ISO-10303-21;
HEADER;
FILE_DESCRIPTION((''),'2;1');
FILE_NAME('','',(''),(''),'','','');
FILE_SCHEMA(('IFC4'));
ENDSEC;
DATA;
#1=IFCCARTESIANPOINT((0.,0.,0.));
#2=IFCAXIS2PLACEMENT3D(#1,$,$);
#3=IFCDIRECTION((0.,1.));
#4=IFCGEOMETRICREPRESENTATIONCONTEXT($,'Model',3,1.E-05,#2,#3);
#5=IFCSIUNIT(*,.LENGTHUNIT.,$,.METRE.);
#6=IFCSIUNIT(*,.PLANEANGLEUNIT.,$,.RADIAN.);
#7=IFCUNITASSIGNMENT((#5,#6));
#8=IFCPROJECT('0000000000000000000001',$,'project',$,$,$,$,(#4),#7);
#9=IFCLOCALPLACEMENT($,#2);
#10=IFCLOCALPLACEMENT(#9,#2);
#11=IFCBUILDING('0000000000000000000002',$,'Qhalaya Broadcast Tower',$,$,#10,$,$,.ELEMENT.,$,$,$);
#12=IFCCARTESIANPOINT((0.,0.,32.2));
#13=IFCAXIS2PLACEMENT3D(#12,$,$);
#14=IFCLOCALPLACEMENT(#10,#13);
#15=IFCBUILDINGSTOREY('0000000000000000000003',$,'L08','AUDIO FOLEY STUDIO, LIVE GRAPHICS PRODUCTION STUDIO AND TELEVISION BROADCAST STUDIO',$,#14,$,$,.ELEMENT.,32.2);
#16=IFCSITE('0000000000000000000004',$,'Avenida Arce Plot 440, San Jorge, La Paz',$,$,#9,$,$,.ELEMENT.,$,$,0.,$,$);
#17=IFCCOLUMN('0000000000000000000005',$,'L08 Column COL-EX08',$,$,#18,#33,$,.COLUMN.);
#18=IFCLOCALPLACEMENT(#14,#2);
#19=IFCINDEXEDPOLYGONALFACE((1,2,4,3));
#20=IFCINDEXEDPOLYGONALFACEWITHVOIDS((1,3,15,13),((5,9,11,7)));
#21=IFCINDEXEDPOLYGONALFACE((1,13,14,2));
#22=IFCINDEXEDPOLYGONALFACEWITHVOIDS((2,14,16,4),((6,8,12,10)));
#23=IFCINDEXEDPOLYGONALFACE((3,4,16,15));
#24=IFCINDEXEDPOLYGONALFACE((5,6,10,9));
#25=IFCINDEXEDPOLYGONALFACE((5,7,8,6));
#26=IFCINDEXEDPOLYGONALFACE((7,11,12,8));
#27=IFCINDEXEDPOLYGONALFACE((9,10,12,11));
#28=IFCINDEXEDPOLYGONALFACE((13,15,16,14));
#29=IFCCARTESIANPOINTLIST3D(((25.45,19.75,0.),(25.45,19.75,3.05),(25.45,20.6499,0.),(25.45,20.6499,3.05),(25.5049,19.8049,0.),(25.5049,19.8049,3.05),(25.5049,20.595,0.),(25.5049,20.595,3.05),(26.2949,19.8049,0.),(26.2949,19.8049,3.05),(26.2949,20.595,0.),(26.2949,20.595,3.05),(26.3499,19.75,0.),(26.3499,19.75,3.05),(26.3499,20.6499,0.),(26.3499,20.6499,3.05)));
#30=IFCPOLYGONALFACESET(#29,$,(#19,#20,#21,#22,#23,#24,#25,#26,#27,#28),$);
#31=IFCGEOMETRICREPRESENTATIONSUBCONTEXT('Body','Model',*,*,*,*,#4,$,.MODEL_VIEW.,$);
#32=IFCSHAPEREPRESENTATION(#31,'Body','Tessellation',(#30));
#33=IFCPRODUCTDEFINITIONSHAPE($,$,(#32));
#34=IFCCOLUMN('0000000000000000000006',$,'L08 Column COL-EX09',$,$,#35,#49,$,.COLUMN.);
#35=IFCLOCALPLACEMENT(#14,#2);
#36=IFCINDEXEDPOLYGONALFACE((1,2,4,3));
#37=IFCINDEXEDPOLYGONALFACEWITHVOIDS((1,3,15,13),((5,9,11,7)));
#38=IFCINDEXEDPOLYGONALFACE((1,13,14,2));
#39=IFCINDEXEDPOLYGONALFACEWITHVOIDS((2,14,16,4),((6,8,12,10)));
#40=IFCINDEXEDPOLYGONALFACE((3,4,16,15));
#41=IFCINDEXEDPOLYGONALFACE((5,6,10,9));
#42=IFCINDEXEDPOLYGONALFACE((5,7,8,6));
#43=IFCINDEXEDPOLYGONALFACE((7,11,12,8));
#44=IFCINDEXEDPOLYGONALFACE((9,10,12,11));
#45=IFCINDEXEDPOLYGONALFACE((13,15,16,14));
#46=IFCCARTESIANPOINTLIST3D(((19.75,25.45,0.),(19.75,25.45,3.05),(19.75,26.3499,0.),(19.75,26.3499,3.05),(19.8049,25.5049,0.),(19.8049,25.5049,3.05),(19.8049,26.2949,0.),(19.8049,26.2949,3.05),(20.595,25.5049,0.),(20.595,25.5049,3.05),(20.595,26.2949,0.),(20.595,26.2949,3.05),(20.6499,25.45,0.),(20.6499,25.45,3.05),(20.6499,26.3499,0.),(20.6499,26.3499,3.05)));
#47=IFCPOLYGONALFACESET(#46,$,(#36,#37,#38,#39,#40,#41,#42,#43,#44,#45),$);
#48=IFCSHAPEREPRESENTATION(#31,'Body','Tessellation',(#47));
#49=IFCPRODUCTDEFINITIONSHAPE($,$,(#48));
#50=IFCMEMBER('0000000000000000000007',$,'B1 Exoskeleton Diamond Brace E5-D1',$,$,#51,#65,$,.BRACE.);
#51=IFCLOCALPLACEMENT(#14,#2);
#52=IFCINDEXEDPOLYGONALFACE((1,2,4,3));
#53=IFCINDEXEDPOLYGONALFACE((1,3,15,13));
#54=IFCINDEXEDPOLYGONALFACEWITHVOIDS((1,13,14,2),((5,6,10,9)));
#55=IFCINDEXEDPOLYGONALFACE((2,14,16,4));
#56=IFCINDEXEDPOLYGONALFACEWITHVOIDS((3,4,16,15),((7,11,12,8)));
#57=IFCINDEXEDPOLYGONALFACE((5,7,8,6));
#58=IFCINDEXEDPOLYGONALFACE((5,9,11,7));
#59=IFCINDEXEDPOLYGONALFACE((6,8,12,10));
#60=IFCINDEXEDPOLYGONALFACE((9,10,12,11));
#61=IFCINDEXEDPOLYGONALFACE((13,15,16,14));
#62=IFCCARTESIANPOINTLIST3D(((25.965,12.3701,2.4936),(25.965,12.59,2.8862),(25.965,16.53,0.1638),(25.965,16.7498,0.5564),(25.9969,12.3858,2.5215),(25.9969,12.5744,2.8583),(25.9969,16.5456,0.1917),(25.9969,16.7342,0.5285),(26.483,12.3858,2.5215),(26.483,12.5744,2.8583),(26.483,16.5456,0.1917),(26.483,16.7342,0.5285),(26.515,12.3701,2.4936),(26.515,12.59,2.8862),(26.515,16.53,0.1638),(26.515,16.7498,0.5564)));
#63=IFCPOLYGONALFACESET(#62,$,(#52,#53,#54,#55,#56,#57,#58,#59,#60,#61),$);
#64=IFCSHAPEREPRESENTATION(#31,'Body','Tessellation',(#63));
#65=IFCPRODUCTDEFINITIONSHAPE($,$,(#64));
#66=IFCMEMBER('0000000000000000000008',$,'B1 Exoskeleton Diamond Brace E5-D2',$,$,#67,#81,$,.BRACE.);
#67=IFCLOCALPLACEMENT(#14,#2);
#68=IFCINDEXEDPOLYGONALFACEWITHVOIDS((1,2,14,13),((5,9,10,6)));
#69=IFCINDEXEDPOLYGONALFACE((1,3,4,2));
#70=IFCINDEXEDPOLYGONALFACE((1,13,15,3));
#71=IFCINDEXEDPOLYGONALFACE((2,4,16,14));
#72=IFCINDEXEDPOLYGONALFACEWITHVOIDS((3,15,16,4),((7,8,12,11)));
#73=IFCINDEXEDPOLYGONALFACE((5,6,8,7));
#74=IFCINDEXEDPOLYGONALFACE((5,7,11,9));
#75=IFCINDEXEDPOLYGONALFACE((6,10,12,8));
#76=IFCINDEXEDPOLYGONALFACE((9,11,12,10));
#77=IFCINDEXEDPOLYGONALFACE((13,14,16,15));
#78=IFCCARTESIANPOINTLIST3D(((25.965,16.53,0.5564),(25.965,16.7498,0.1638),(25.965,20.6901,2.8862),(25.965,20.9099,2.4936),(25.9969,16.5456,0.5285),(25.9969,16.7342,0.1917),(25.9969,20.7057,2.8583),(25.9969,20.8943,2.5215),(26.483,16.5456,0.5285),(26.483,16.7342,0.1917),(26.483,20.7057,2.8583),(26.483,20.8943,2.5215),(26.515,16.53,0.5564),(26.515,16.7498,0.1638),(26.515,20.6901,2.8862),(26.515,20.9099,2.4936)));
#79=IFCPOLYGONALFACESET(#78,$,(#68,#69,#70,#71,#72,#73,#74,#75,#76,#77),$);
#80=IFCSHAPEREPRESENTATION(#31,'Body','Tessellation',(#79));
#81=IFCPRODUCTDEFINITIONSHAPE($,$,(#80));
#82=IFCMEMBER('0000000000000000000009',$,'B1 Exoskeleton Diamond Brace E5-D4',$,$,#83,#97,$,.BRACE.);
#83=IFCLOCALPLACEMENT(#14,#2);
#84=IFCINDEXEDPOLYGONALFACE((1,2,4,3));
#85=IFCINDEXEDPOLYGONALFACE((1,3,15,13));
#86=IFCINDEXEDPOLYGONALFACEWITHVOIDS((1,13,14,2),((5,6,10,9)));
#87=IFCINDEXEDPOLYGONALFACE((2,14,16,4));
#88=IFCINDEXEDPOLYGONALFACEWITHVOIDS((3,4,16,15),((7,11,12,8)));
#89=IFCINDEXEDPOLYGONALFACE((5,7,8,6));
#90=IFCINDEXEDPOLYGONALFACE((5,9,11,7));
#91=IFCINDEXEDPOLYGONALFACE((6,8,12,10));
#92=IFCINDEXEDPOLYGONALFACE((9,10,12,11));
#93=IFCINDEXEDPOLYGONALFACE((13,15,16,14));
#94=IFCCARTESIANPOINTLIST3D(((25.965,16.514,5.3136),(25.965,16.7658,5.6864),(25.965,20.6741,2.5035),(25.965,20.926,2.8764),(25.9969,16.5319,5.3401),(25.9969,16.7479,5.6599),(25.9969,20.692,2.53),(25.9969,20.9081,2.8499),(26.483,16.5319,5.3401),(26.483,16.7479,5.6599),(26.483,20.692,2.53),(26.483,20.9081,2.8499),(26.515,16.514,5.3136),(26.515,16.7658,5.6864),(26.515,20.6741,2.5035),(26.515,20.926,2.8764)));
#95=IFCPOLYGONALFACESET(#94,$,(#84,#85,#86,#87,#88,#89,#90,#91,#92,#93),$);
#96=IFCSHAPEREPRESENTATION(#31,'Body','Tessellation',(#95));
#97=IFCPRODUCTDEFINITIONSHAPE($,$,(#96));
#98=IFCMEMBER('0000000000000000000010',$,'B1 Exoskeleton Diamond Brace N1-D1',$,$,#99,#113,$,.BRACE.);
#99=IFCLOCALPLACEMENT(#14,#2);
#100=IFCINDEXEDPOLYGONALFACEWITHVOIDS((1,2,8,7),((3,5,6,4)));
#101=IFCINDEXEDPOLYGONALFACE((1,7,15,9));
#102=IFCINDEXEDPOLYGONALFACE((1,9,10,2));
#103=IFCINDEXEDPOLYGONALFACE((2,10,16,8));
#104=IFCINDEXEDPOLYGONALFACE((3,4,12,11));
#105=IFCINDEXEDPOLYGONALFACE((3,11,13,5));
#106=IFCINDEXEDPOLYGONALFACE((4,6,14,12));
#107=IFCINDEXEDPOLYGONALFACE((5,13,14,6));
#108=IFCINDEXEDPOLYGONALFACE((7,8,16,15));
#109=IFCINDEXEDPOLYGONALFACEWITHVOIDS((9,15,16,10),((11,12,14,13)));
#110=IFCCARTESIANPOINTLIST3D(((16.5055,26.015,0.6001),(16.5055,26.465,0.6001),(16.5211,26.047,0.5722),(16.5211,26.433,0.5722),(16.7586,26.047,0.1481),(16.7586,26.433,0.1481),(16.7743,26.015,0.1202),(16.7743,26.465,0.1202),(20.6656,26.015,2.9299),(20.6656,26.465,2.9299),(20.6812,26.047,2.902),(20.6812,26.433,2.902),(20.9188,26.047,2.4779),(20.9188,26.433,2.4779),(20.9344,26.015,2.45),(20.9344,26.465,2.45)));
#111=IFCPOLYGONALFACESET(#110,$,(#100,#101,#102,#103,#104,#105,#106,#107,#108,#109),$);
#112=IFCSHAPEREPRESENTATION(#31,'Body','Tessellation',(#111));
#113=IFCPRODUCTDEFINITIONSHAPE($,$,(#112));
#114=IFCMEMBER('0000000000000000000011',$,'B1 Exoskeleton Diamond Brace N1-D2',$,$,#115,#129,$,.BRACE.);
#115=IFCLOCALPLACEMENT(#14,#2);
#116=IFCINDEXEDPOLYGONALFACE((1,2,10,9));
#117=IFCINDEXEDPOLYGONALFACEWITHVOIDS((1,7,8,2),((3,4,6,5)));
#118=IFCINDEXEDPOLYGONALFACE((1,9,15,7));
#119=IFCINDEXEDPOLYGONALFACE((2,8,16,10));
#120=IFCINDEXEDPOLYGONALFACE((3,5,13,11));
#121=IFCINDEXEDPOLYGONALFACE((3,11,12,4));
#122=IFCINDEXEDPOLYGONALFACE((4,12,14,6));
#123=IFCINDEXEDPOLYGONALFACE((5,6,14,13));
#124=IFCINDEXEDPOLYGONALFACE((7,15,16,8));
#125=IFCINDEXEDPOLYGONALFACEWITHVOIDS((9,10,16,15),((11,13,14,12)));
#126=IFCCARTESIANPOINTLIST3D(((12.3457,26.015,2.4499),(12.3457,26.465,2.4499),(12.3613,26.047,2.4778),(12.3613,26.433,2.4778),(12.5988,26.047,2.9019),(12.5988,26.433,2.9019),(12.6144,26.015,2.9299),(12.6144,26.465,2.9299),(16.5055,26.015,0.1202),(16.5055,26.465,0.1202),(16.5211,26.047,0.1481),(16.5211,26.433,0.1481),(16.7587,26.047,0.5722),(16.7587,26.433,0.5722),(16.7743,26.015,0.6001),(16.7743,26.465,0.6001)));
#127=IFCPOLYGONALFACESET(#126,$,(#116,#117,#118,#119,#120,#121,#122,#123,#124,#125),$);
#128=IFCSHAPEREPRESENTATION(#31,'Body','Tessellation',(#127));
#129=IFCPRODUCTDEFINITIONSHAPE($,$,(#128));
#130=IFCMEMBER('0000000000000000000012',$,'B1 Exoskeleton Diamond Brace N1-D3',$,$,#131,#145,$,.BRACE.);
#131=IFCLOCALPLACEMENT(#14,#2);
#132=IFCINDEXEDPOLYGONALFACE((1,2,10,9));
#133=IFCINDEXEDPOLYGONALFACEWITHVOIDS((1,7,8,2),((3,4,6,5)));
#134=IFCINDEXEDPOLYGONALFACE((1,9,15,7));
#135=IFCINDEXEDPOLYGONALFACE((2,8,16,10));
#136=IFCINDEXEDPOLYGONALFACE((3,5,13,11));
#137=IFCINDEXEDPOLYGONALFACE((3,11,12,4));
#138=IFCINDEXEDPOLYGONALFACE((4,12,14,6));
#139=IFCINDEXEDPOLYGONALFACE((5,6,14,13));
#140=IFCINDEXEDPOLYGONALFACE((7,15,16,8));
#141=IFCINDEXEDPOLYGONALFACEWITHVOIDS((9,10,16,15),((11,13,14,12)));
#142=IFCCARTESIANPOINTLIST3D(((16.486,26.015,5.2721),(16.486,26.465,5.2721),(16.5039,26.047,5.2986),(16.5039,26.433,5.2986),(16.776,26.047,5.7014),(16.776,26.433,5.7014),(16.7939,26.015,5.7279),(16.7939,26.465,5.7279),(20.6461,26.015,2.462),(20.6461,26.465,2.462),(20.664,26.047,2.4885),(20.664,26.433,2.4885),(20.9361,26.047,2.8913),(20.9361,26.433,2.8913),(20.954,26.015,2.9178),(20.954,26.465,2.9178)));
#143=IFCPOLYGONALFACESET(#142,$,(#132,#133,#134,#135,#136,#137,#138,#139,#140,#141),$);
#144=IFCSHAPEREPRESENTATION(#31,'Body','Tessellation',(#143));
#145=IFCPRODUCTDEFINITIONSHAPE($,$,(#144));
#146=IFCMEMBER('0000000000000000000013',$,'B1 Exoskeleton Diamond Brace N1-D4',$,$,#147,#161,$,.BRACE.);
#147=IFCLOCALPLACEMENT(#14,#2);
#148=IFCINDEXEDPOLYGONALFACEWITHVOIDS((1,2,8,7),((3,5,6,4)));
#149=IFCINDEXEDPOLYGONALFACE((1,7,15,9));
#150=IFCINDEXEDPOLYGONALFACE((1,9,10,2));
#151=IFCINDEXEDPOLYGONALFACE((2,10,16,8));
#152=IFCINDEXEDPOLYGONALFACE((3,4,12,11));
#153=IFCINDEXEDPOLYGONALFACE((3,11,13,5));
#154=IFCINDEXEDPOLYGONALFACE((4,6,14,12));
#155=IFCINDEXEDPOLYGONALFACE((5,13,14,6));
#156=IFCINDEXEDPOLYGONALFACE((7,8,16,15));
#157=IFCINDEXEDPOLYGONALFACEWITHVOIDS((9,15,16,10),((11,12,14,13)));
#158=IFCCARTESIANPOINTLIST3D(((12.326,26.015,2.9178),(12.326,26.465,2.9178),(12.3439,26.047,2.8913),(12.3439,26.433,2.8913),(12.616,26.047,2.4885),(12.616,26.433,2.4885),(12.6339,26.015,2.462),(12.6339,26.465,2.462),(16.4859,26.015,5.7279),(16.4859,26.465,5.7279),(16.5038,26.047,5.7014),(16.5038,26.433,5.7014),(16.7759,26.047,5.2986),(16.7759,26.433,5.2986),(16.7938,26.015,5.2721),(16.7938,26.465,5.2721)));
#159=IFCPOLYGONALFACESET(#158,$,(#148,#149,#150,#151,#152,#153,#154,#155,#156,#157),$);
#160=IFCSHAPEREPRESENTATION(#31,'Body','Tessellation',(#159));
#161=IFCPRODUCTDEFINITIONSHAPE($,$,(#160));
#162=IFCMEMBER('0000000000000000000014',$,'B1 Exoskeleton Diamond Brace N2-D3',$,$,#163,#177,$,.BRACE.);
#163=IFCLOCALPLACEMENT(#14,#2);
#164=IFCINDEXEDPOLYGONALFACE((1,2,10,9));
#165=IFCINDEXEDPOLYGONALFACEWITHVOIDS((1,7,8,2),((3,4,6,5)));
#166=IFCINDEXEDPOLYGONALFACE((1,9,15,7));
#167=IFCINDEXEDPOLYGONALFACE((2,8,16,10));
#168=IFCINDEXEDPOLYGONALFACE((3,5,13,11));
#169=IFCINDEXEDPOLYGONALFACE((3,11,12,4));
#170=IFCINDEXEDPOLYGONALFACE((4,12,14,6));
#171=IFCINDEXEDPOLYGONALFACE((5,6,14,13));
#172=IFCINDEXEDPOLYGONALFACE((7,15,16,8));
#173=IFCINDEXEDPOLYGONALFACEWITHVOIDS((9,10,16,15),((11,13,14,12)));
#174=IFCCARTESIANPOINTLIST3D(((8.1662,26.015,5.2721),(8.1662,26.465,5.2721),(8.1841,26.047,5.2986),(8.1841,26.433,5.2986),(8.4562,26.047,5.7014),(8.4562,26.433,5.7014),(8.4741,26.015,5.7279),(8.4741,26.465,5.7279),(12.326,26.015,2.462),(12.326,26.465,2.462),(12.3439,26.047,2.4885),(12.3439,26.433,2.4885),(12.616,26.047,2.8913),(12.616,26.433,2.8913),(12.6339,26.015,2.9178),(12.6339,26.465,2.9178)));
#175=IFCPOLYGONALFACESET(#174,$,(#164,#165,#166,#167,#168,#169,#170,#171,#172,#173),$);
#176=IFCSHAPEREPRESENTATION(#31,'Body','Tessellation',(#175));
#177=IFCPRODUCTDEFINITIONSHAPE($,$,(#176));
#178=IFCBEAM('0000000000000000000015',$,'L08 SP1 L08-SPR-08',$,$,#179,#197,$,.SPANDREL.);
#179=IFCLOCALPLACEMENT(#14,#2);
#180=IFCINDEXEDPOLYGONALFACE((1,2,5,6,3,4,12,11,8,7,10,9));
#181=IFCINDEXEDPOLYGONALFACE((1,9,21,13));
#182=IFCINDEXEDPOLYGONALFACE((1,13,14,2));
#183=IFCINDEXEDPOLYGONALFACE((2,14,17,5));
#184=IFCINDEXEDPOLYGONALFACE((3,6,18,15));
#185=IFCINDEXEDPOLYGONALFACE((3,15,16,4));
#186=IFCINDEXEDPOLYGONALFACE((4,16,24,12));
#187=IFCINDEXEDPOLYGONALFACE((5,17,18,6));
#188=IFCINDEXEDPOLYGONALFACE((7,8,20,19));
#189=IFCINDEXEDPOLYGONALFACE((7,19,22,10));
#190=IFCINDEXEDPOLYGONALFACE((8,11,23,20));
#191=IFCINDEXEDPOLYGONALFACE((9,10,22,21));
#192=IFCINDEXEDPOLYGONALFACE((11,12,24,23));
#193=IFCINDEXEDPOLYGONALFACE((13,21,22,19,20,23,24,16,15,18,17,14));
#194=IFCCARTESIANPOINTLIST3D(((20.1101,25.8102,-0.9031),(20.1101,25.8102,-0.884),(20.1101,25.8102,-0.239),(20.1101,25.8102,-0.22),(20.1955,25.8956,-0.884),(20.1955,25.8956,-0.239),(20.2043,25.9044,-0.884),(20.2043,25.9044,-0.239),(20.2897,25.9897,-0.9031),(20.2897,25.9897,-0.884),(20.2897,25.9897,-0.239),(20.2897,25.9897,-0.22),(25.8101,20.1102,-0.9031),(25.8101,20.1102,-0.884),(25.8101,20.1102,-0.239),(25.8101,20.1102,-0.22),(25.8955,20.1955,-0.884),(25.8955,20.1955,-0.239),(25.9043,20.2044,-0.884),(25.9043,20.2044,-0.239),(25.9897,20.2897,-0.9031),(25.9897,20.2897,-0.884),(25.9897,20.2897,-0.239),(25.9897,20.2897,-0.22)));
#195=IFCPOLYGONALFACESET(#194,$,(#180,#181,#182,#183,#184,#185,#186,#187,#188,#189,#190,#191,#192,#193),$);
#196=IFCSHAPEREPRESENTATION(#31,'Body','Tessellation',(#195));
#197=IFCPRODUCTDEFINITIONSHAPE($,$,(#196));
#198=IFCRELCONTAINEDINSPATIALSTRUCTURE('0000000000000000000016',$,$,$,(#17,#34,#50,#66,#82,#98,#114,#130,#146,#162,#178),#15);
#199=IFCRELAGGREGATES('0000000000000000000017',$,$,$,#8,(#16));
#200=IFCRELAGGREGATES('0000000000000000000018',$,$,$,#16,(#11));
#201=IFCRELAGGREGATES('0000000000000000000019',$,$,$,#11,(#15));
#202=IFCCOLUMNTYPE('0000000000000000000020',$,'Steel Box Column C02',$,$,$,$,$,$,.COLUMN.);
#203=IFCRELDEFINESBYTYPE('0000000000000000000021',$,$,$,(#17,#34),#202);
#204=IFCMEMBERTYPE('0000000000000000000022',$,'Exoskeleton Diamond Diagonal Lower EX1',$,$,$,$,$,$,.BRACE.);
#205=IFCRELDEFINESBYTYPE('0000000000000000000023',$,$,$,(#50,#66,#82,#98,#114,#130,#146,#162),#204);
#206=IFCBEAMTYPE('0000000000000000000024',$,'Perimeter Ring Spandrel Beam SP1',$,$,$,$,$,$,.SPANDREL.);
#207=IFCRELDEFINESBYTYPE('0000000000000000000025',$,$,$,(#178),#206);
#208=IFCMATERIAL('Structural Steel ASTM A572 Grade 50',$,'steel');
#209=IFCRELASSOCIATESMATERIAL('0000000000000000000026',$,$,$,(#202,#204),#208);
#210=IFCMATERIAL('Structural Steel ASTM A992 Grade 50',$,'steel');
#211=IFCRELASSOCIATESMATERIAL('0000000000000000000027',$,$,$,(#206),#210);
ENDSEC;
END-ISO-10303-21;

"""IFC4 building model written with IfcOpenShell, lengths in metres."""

from ifc_helpers import new_model, si_unit, direction, frame, origin, origin_2d, place, context, subcontext, project, spatial, hollow_rectangle, i_section, extrude, material, material_profile, profile_set, type_object, element, save


model = new_model("IFC4")

# Units and contexts
model_context = context("Model", 3, precision=1e-05, world=origin(), true_north=direction((0.0, 1.0)))
body_context = subcontext(model_context, "Body", "Model", "MODEL_VIEW")
ifc_project = project(units=[si_unit("LENGTHUNIT", "METRE"), si_unit("PLANEANGLEUNIT", "RADIAN")], contexts=[model_context])

# Site, building, storey
site_placement = place(None, origin())
site = spatial("IfcSite", under=ifc_project, at=site_placement, Name="Avenida Arce Plot 440, San Jorge, La Paz", CompositionType="ELEMENT", RefElevation=0.0)
building_placement = place(site_placement, origin())
building = spatial("IfcBuilding", under=site, at=building_placement, Name="Qhalaya Broadcast Tower", CompositionType="ELEMENT")
storey_placement = place(building_placement, frame((0.0, 0.0, 32.2)))
storey = spatial("IfcBuildingStorey", under=building, at=storey_placement, Name="L08", Description="AUDIO FOLEY STUDIO, LIVE GRAPHICS PRODUCTION STUDIO AND TELEVISION BROADCAST STUDIO", CompositionType="ELEMENT", Elevation=32.2)

# Columns
ifc_material_1 = material(Name="Structural Steel ASTM A572 Grade 50", Category="steel")
ifc_material_profile_1 = material_profile(ifc_material_1, hollow_rectangle(XDim=0.8999, YDim=0.8999, WallThickness=0.0549, at=origin_2d()), Name="BOX 900x900x55")
ifc_profile_set_1 = profile_set([ifc_material_profile_1], Name="Structural Steel ASTM A572 Grade 50")
column_type = type_object("IfcColumnType", Name="Steel Box Column C02", PredefinedType="COLUMN", material=ifc_profile_set_1)
for number, where, z_axis, x_axis, name in (
    (1, (25.8999, 20.2, 0.0), (0.0, 0.0, 1.0), (0.0, 1.0, 0.0), "L08 Column COL-EX08"),
    (2, (20.2, 25.8999, 0.0), (0.0, 0.0, 1.0), (1.0, 0.0, 0.0), "L08 Column COL-EX09"),
):
    element("IfcColumn", number, at=place(storey_placement, frame(where, z_axis=z_axis, x_axis=x_axis)), inside=storey, type_object=column_type, Name=name, PredefinedType="COLUMN", context=body_context, shape_type="SweptSolid", body=[
        extrude(hollow_rectangle(XDim=0.8999, YDim=0.8999, WallThickness=0.0549, at=origin_2d()), origin(), (0.0, 0.0, 1.0), 3.05),
    ])

# Members
ifc_material_profile_2 = material_profile(ifc_material_1, hollow_rectangle(XDim=0.45, YDim=0.55, WallThickness=0.032, at=origin_2d()), Name="BOX 450x550x32")
ifc_profile_set_2 = profile_set([ifc_material_profile_2], Name="Structural Steel ASTM A572 Grade 50")
member_type = type_object("IfcMemberType", Name="Exoskeleton Diamond Diagonal Lower EX1", PredefinedType="BRACE", material=ifc_profile_set_2)
member_1_placement = place(storey_placement, frame((26.24, 16.6399, 0.3601), z_axis=(0.0, -0.872481, 0.488649), x_axis=(0.0, 0.488649, 0.872481)))
element("IfcMember", 3, at=member_1_placement, inside=storey, type_object=member_type, Name="B1 Exoskeleton Diamond Brace E5-D1", PredefinedType="BRACE", context=body_context, shape_type="SweptSolid", body=[
    extrude(hollow_rectangle(XDim=0.45, YDim=0.55, WallThickness=0.032, at=origin_2d()), origin(), (0.0, 0.0, 1.0), 4.7678),
])
member_2_placement = place(storey_placement, frame((26.24, 16.6399, 0.3601), z_axis=(0.0, 0.872493, 0.488627), x_axis=(0.0, -0.488627, 0.872493)))
element("IfcMember", 4, at=member_2_placement, inside=storey, type_object=member_type, Name="B1 Exoskeleton Diamond Brace E5-D2", PredefinedType="BRACE", context=body_context, shape_type="SweptSolid", body=[
    extrude(hollow_rectangle(XDim=0.45, YDim=0.55, WallThickness=0.032, at=origin_2d()), origin(), (0.0, 0.0, 1.0), 4.7681),
])
member_3_placement = place(storey_placement, frame((26.24, 20.8, 2.6899), z_axis=(0.0, -0.828668, 0.55974), x_axis=(0.0, 0.55974, 0.828668)))
element("IfcMember", 5, at=member_3_placement, inside=storey, type_object=member_type, Name="B1 Exoskeleton Diamond Brace E5-D4", PredefinedType="BRACE", context=body_context, shape_type="SweptSolid", body=[
    extrude(hollow_rectangle(XDim=0.45, YDim=0.55, WallThickness=0.032, at=origin_2d()), origin(), (0.0, 0.0, 1.0), 5.0203),
])
member_4_placement = place(storey_placement, frame((16.6399, 26.24, 0.3601), z_axis=(0.872493, 0.0, 0.488627), x_axis=(0.0, 1.0, 0.0)))
element("IfcMember", 6, at=member_4_placement, inside=storey, type_object=member_type, Name="B1 Exoskeleton Diamond Brace N1-D1", PredefinedType="BRACE", context=body_context, shape_type="SweptSolid", body=[
    extrude(hollow_rectangle(XDim=0.45, YDim=0.55, WallThickness=0.032, at=origin_2d()), origin(), (0.0, 0.0, 1.0), 4.7681),
])
member_5_placement = place(storey_placement, frame((16.6399, 26.24, 0.3601), z_axis=(-0.872481, 0.0, 0.488649), x_axis=(0.0, -1.0, 0.0)))
element("IfcMember", 7, at=member_5_placement, inside=storey, type_object=member_type, Name="B1 Exoskeleton Diamond Brace N1-D2", PredefinedType="BRACE", context=body_context, shape_type="SweptSolid", body=[
    extrude(hollow_rectangle(XDim=0.45, YDim=0.55, WallThickness=0.032, at=origin_2d()), origin(), (0.0, 0.0, 1.0), 4.7678),
])
member_6_placement = place(storey_placement, frame((20.8, 26.24, 2.6899), z_axis=(-0.828668, 0.0, 0.55974), x_axis=(0.0, -1.0, 0.0)))
element("IfcMember", 8, at=member_6_placement, inside=storey, type_object=member_type, Name="B1 Exoskeleton Diamond Brace N1-D3", PredefinedType="BRACE", context=body_context, shape_type="SweptSolid", body=[
    extrude(hollow_rectangle(XDim=0.45, YDim=0.55, WallThickness=0.032, at=origin_2d()), origin(), (0.0, 0.0, 1.0), 5.0203),
])
for number, where, z_axis, x_axis, name in (
    (9, (12.48, 26.24, 2.6899), (0.828653, 0.0, 0.559763), (0.0, 1.0, 0.0), "B1 Exoskeleton Diamond Brace N1-D4"),
    (10, (12.48, 26.24, 2.6899), (-0.828653, 0.0, 0.559763), (0.0, -1.0, 0.0), "B1 Exoskeleton Diamond Brace N2-D3"),
):
    element("IfcMember", number, at=place(storey_placement, frame(where, z_axis=z_axis, x_axis=x_axis)), inside=storey, type_object=member_type, Name=name, PredefinedType="BRACE", context=body_context, shape_type="SweptSolid", body=[
        extrude(hollow_rectangle(XDim=0.45, YDim=0.55, WallThickness=0.032, at=origin_2d()), origin(), (0.0, 0.0, 1.0), 5.02),
    ])

# Beam
ifc_material_2 = material(Name="Structural Steel ASTM A992 Grade 50", Category="steel")
ifc_material_profile_3 = material_profile(ifc_material_2, i_section(OverallWidth=0.2539, OverallDepth=0.6831, WebThickness=0.0125, FlangeThickness=0.019, at=origin_2d()), Name="W27X94")
ifc_profile_set_3 = profile_set([ifc_material_profile_3], Name="Structural Steel ASTM A992 Grade 50")
beam_type = type_object("IfcBeamType", Name="Perimeter Ring Spandrel Beam SP1", PredefinedType="SPANDREL", material=ifc_profile_set_3)
beam_1_placement = place(storey_placement, frame((25.8999, 20.2, -0.5615), z_axis=(-0.707107, 0.707107, 0.0), x_axis=(-0.707107, -0.707107, 0.0)))
element("IfcBeam", 11, at=beam_1_placement, inside=storey, type_object=beam_type, Name="L08 SP1 L08-SPR-08", PredefinedType="SPANDREL", context=body_context, shape_type="SweptSolid", body=[
    extrude(i_section(OverallWidth=0.2539, OverallDepth=0.6831, WebThickness=0.0125, FlangeThickness=0.019, at=origin_2d()), origin(), (0.0, 0.0, 1.0), 8.061),
])

save(model, "model.ifc")
